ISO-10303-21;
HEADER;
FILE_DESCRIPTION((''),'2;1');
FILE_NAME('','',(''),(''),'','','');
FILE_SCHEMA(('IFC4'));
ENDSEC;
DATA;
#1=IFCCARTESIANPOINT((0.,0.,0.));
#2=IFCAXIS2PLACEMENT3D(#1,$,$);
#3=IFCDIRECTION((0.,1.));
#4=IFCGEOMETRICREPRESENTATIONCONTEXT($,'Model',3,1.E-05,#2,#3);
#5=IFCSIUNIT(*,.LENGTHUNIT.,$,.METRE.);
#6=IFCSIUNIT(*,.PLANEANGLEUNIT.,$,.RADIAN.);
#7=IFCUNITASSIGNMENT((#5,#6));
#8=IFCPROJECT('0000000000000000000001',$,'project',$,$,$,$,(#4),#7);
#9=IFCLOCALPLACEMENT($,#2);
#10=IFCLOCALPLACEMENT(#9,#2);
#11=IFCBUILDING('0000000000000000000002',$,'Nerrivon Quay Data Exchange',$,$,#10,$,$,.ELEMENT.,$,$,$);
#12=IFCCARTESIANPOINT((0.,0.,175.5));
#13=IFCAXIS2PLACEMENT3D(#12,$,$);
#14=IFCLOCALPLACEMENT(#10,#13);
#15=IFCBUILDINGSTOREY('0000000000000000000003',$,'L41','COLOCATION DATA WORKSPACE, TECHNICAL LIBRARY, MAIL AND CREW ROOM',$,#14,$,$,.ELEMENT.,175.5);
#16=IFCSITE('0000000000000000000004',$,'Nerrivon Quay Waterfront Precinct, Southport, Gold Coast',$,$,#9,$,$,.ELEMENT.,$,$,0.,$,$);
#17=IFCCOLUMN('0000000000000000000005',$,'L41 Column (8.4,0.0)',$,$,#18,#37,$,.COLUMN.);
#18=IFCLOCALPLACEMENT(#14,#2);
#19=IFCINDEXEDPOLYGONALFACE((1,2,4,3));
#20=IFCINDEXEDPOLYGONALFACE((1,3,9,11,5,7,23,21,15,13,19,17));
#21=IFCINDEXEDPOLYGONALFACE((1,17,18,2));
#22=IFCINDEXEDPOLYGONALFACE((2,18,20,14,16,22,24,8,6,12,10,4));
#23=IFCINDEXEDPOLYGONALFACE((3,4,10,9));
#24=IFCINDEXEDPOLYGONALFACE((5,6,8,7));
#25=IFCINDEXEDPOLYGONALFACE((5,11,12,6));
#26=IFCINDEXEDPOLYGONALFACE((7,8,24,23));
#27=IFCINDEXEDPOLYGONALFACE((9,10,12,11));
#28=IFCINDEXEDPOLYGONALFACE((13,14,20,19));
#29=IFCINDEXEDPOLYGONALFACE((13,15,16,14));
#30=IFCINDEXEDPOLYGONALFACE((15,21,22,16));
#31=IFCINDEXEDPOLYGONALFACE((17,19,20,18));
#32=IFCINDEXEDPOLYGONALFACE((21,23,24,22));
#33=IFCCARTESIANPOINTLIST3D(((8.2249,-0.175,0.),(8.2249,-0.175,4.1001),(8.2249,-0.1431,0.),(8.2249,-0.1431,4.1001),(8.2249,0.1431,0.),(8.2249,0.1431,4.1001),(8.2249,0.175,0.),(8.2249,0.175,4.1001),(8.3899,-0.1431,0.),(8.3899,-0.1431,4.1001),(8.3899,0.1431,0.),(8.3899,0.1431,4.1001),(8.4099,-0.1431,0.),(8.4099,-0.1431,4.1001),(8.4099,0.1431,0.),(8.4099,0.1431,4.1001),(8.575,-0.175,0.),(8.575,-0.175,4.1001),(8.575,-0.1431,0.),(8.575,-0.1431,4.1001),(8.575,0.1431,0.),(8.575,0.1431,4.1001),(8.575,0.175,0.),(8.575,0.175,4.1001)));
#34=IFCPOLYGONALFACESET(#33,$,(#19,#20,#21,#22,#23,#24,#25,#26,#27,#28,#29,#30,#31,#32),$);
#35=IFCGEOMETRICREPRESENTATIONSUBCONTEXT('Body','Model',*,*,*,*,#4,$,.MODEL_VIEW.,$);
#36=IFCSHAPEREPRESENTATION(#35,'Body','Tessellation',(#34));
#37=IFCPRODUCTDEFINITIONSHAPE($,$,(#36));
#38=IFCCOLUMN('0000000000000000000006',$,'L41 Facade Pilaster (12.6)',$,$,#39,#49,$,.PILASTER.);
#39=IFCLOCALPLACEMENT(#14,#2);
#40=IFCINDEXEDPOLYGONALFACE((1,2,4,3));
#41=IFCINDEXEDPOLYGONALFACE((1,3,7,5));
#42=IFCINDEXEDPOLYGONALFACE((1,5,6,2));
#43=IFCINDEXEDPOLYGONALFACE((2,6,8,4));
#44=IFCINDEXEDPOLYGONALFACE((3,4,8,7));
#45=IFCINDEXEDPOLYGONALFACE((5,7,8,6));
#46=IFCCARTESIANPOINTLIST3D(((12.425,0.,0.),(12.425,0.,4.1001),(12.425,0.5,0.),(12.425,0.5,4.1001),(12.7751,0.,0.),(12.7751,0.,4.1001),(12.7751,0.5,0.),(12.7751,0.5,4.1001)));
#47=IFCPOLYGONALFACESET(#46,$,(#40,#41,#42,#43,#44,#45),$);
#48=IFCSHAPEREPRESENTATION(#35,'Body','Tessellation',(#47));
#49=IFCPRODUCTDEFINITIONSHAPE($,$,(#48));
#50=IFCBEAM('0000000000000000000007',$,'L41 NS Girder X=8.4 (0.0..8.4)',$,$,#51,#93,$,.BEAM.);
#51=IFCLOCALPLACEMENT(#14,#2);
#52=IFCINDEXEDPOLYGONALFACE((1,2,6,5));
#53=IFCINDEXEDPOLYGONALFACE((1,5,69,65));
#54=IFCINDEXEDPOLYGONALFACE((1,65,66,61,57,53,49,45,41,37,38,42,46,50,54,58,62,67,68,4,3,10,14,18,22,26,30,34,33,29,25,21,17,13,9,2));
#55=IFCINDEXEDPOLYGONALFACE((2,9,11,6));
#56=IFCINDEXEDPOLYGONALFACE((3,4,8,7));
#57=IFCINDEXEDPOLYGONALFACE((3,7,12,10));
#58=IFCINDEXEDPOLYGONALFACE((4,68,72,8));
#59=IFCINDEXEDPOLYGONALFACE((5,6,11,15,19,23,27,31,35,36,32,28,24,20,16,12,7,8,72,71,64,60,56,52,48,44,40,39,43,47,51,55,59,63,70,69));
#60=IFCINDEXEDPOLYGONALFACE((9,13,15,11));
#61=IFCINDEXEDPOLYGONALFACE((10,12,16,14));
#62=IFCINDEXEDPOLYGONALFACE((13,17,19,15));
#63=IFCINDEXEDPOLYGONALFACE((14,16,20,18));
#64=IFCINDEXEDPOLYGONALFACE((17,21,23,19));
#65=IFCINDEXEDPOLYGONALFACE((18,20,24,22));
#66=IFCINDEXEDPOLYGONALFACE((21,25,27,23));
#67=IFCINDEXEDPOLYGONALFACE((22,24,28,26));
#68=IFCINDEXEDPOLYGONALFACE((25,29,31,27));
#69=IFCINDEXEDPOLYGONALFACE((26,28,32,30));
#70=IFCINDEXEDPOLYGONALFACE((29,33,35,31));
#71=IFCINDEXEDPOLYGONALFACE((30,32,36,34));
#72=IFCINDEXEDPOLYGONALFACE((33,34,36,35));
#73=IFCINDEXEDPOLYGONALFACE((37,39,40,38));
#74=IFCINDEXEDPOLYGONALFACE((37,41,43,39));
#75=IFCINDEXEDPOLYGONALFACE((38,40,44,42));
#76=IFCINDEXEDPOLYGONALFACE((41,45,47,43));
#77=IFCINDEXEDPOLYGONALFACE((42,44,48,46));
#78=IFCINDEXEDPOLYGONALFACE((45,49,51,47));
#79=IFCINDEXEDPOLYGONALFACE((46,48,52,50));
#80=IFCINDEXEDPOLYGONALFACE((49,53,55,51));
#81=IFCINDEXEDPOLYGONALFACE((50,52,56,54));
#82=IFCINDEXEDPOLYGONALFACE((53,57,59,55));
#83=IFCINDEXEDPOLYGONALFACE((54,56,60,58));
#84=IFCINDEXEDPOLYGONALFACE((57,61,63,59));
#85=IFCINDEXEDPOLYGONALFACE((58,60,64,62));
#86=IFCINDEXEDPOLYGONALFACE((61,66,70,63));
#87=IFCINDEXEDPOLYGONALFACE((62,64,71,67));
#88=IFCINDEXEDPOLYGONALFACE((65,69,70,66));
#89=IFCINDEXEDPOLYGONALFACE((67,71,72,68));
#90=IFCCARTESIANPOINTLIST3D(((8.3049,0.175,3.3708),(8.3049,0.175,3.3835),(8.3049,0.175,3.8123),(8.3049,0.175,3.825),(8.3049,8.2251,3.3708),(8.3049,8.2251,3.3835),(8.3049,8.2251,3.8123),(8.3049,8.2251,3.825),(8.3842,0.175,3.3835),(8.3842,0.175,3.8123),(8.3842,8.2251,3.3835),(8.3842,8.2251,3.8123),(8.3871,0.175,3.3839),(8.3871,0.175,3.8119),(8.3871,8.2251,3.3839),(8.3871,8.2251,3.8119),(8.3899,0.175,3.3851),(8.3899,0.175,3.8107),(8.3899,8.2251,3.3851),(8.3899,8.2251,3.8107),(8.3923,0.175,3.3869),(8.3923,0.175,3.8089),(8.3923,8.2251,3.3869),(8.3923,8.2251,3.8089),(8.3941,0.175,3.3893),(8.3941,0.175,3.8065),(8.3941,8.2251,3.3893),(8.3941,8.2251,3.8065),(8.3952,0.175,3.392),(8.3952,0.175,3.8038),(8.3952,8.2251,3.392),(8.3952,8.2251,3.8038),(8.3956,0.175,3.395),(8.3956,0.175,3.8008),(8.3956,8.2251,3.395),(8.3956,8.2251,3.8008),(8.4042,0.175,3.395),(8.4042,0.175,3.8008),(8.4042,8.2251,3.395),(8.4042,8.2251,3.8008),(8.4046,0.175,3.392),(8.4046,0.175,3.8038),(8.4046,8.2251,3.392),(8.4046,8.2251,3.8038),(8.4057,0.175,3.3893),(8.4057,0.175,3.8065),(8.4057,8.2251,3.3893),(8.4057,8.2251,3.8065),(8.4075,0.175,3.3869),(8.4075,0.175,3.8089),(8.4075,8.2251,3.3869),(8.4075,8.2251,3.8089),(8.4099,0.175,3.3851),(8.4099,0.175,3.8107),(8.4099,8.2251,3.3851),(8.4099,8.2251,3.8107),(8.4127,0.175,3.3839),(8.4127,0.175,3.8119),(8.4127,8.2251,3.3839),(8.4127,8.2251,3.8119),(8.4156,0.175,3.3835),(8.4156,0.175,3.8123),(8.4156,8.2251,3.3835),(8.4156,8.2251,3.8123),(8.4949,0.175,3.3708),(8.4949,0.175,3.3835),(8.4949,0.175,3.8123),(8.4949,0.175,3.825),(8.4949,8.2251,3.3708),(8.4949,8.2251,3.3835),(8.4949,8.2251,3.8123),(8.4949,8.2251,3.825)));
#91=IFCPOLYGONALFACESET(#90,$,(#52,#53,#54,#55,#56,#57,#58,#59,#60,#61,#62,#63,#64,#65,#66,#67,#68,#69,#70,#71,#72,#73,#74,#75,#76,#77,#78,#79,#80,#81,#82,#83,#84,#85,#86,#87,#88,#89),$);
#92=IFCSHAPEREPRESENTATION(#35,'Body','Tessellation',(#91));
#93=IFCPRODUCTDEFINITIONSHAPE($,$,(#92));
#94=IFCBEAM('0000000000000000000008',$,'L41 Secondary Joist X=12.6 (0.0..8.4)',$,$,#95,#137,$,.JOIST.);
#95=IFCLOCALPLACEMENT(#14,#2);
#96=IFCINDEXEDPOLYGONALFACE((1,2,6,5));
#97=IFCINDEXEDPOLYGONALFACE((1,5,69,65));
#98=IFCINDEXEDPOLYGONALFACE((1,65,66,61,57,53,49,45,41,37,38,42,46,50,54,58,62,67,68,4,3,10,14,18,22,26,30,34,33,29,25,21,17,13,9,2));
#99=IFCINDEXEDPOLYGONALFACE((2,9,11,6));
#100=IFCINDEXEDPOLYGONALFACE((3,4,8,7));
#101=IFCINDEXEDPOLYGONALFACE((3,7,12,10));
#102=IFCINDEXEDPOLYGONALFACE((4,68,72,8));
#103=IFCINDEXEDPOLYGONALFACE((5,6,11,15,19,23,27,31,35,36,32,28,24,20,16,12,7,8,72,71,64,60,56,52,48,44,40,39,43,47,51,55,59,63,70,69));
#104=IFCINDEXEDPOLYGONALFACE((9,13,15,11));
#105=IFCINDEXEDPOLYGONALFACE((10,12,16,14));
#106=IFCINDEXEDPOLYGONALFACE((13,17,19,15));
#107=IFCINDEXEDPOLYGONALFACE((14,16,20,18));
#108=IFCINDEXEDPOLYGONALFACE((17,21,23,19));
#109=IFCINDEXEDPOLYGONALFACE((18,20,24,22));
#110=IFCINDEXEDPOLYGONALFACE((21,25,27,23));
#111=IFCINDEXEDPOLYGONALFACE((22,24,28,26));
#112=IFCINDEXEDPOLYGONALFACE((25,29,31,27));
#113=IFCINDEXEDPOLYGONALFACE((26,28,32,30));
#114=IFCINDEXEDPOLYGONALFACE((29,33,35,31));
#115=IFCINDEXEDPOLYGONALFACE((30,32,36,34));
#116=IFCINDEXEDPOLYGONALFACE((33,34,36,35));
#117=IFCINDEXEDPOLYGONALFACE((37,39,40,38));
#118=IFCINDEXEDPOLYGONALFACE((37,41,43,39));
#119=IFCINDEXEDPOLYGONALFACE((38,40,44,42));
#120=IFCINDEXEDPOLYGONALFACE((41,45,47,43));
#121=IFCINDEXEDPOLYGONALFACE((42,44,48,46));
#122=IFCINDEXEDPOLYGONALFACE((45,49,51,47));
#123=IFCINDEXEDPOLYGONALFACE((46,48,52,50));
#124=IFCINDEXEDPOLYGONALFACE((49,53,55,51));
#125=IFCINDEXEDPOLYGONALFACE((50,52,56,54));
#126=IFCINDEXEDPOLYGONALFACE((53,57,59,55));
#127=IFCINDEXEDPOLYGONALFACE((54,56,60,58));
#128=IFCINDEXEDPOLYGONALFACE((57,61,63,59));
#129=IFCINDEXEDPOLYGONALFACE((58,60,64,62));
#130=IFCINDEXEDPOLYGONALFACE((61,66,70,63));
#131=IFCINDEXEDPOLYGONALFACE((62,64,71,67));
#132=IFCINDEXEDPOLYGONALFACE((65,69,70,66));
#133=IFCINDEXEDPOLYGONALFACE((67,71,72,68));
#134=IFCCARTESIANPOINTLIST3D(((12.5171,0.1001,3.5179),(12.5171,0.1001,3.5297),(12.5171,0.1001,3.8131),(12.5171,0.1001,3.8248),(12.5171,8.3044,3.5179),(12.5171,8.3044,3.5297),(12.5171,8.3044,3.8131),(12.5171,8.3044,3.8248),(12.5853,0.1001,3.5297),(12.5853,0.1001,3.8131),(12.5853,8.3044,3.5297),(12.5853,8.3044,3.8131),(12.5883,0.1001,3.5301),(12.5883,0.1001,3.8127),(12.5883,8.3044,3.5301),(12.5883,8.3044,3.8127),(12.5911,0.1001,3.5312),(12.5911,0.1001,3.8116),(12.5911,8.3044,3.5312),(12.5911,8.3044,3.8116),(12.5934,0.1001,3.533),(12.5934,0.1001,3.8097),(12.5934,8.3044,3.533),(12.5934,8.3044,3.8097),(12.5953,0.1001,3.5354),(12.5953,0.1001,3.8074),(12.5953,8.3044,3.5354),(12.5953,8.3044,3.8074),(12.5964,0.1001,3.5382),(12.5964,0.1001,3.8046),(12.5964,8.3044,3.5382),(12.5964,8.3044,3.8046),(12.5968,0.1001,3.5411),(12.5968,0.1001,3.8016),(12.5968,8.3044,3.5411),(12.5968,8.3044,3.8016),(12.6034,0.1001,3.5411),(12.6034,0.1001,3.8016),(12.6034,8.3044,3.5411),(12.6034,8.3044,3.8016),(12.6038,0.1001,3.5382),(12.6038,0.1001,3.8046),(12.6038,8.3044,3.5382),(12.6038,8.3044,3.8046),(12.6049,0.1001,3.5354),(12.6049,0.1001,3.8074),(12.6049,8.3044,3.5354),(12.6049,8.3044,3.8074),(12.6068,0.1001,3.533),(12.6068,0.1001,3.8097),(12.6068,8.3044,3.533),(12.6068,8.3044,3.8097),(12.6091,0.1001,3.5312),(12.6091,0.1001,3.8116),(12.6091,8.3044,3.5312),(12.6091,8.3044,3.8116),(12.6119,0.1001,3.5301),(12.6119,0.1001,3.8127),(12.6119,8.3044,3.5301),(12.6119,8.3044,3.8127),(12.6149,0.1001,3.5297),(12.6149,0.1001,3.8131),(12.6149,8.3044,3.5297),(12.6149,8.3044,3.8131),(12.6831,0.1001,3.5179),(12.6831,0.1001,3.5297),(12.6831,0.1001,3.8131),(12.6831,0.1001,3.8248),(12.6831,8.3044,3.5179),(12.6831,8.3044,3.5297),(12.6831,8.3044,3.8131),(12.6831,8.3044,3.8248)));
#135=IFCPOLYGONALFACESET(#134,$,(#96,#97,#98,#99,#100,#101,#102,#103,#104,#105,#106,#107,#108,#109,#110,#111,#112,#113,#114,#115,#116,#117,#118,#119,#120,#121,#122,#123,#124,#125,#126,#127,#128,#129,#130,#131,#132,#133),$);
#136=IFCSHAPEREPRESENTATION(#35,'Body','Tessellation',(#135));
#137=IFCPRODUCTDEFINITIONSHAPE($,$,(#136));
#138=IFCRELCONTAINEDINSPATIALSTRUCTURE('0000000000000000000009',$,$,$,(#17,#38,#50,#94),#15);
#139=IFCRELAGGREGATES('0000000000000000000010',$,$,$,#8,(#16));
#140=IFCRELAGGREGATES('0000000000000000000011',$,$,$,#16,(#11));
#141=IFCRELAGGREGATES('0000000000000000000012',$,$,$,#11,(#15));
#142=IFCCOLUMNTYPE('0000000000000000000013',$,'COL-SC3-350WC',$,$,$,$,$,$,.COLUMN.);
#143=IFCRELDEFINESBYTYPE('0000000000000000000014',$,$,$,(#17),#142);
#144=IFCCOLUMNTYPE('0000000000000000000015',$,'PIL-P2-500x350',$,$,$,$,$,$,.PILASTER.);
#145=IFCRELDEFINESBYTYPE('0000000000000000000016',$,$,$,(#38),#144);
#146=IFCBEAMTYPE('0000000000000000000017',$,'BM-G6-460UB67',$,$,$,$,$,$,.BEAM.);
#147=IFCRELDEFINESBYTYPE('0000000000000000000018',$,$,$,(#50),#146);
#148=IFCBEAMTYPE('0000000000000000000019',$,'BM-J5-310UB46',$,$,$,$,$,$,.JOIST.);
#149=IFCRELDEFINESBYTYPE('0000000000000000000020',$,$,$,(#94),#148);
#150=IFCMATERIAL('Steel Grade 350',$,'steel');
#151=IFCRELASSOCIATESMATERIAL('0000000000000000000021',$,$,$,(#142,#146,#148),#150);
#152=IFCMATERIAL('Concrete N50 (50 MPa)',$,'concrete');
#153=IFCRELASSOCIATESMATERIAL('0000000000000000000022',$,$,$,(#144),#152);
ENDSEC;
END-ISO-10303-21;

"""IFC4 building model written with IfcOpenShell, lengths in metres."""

from ifc_helpers import new_model, si_unit, direction, frame, origin, origin_2d, place, context, subcontext, project, spatial, rectangle, i_section, extrude, material, material_profile, profile_set, type_object, element, save


model = new_model("IFC4")

# Units and contexts
model_context = context("Model", 3, precision=1e-05, world=origin(), true_north=direction((0.0, 1.0)))
body_context = subcontext(model_context, "Body", "Model", "MODEL_VIEW")
ifc_project = project(units=[si_unit("LENGTHUNIT", "METRE"), si_unit("PLANEANGLEUNIT", "RADIAN")], contexts=[model_context])

# Site, building, storey
site_placement = place(None, origin())
site = spatial("IfcSite", under=ifc_project, at=site_placement, Name="Nerrivon Quay Waterfront Precinct, Southport, Gold Coast", CompositionType="ELEMENT", RefElevation=0.0)
building_placement = place(site_placement, origin())
building = spatial("IfcBuilding", under=site, at=building_placement, Name="Nerrivon Quay Data Exchange", CompositionType="ELEMENT")
storey_placement = place(building_placement, frame((0.0, 0.0, 175.5)))
storey = spatial("IfcBuildingStorey", under=building, at=storey_placement, Name="L41", Description="COLOCATION DATA WORKSPACE, TECHNICAL LIBRARY, MAIL AND CREW ROOM", CompositionType="ELEMENT", Elevation=175.5)

# Columns
ifc_material_1 = material(Name="Steel Grade 350", Category="steel")
ifc_material_profile_1 = material_profile(ifc_material_1, i_section(OverallWidth=0.3501, OverallDepth=0.3501, WebThickness=0.02, FlangeThickness=0.032, at=origin_2d()), Name="350WC230")
ifc_profile_set_1 = profile_set([ifc_material_profile_1], Name="Steel Grade 350")
column_type_1 = type_object("IfcColumnType", Name="COL-SC3-350WC", PredefinedType="COLUMN", material=ifc_profile_set_1)
column_1_placement = place(storey_placement, frame((8.3999, 0.0, 0.0), z_axis=(0.0, 0.0, 1.0), x_axis=(1.0, 0.0, 0.0)))
element("IfcColumn", 1, at=column_1_placement, inside=storey, type_object=column_type_1, Name="L41 Column (8.4,0.0)", PredefinedType="COLUMN", context=body_context, shape_type="SweptSolid", body=[
    extrude(i_section(OverallWidth=0.3501, OverallDepth=0.3501, WebThickness=0.02, FlangeThickness=0.032, at=origin_2d()), origin(), (0.0, 0.0, 1.0), 4.1001),
])
ifc_material_2 = material(Name="Concrete N50 (50 MPa)", Category="concrete")
ifc_material_profile_2 = material_profile(ifc_material_2, rectangle(XDim=0.3501, YDim=0.5, at=origin_2d()), Name="RC-PIL-500x350")
ifc_profile_set_2 = profile_set([ifc_material_profile_2], Name="Concrete N50 (50 MPa)")
column_type_2 = type_object("IfcColumnType", Name="PIL-P2-500x350", PredefinedType="PILASTER", material=ifc_profile_set_2)
column_2_placement = place(storey_placement, frame((12.6001, 0.25, 0.0), z_axis=(0.0, 0.0, 1.0), x_axis=(1.0, 0.0, 0.0)))
element("IfcColumn", 2, at=column_2_placement, inside=storey, type_object=column_type_2, Name="L41 Facade Pilaster (12.6)", PredefinedType="PILASTER", context=body_context, shape_type="SweptSolid", body=[
    extrude(rectangle(XDim=0.3501, YDim=0.5, at=origin_2d()), origin(), (0.0, 0.0, 1.0), 4.1001),
])

# Beams
ifc_material_profile_3 = material_profile(ifc_material_1, i_section(OverallWidth=0.1899, OverallDepth=0.4541, WebThickness=0.0085, FlangeThickness=0.0127, FilletRadius=0.0115, at=origin_2d()), Name="460UB67.1")
ifc_profile_set_3 = profile_set([ifc_material_profile_3], Name="Steel Grade 350")
beam_type_1 = type_object("IfcBeamType", Name="BM-G6-460UB67", PredefinedType="BEAM", material=ifc_profile_set_3)
beam_1_placement = place(storey_placement, frame((8.3999, 0.175, 3.5979), z_axis=(0.0, 1.0, 0.0), x_axis=(-1.0, 0.0, 0.0)))
element("IfcBeam", 3, at=beam_1_placement, inside=storey, type_object=beam_type_1, Name="L41 NS Girder X=8.4 (0.0..8.4)", PredefinedType="BEAM", context=body_context, shape_type="SweptSolid", body=[
    extrude(i_section(OverallWidth=0.1899, OverallDepth=0.4541, WebThickness=0.0085, FlangeThickness=0.0127, FilletRadius=0.0115, at=origin_2d()), origin(), (0.0, 0.0, 1.0), 8.05),
])
ifc_material_profile_4 = material_profile(ifc_material_1, i_section(OverallWidth=0.166, OverallDepth=0.3069, WebThickness=0.0066, FlangeThickness=0.0117, FilletRadius=0.0115, at=origin_2d()), Name="310UB46.2")
ifc_profile_set_4 = profile_set([ifc_material_profile_4], Name="Steel Grade 350")
beam_type_2 = type_object("IfcBeamType", Name="BM-J5-310UB46", PredefinedType="JOIST", material=ifc_profile_set_4)
beam_2_placement = place(storey_placement, frame((12.6001, 0.1001, 3.6714), z_axis=(0.0, 1.0, 0.0), x_axis=(-1.0, 0.0, 0.0)))
element("IfcBeam", 4, at=beam_2_placement, inside=storey, type_object=beam_type_2, Name="L41 Secondary Joist X=12.6 (0.0..8.4)", PredefinedType="JOIST", context=body_context, shape_type="SweptSolid", body=[
    extrude(i_section(OverallWidth=0.166, OverallDepth=0.3069, WebThickness=0.0066, FlangeThickness=0.0117, FilletRadius=0.0115, at=origin_2d()), origin(), (0.0, 0.0, 1.0), 8.2043),
])

save(model, "model.ifc")
